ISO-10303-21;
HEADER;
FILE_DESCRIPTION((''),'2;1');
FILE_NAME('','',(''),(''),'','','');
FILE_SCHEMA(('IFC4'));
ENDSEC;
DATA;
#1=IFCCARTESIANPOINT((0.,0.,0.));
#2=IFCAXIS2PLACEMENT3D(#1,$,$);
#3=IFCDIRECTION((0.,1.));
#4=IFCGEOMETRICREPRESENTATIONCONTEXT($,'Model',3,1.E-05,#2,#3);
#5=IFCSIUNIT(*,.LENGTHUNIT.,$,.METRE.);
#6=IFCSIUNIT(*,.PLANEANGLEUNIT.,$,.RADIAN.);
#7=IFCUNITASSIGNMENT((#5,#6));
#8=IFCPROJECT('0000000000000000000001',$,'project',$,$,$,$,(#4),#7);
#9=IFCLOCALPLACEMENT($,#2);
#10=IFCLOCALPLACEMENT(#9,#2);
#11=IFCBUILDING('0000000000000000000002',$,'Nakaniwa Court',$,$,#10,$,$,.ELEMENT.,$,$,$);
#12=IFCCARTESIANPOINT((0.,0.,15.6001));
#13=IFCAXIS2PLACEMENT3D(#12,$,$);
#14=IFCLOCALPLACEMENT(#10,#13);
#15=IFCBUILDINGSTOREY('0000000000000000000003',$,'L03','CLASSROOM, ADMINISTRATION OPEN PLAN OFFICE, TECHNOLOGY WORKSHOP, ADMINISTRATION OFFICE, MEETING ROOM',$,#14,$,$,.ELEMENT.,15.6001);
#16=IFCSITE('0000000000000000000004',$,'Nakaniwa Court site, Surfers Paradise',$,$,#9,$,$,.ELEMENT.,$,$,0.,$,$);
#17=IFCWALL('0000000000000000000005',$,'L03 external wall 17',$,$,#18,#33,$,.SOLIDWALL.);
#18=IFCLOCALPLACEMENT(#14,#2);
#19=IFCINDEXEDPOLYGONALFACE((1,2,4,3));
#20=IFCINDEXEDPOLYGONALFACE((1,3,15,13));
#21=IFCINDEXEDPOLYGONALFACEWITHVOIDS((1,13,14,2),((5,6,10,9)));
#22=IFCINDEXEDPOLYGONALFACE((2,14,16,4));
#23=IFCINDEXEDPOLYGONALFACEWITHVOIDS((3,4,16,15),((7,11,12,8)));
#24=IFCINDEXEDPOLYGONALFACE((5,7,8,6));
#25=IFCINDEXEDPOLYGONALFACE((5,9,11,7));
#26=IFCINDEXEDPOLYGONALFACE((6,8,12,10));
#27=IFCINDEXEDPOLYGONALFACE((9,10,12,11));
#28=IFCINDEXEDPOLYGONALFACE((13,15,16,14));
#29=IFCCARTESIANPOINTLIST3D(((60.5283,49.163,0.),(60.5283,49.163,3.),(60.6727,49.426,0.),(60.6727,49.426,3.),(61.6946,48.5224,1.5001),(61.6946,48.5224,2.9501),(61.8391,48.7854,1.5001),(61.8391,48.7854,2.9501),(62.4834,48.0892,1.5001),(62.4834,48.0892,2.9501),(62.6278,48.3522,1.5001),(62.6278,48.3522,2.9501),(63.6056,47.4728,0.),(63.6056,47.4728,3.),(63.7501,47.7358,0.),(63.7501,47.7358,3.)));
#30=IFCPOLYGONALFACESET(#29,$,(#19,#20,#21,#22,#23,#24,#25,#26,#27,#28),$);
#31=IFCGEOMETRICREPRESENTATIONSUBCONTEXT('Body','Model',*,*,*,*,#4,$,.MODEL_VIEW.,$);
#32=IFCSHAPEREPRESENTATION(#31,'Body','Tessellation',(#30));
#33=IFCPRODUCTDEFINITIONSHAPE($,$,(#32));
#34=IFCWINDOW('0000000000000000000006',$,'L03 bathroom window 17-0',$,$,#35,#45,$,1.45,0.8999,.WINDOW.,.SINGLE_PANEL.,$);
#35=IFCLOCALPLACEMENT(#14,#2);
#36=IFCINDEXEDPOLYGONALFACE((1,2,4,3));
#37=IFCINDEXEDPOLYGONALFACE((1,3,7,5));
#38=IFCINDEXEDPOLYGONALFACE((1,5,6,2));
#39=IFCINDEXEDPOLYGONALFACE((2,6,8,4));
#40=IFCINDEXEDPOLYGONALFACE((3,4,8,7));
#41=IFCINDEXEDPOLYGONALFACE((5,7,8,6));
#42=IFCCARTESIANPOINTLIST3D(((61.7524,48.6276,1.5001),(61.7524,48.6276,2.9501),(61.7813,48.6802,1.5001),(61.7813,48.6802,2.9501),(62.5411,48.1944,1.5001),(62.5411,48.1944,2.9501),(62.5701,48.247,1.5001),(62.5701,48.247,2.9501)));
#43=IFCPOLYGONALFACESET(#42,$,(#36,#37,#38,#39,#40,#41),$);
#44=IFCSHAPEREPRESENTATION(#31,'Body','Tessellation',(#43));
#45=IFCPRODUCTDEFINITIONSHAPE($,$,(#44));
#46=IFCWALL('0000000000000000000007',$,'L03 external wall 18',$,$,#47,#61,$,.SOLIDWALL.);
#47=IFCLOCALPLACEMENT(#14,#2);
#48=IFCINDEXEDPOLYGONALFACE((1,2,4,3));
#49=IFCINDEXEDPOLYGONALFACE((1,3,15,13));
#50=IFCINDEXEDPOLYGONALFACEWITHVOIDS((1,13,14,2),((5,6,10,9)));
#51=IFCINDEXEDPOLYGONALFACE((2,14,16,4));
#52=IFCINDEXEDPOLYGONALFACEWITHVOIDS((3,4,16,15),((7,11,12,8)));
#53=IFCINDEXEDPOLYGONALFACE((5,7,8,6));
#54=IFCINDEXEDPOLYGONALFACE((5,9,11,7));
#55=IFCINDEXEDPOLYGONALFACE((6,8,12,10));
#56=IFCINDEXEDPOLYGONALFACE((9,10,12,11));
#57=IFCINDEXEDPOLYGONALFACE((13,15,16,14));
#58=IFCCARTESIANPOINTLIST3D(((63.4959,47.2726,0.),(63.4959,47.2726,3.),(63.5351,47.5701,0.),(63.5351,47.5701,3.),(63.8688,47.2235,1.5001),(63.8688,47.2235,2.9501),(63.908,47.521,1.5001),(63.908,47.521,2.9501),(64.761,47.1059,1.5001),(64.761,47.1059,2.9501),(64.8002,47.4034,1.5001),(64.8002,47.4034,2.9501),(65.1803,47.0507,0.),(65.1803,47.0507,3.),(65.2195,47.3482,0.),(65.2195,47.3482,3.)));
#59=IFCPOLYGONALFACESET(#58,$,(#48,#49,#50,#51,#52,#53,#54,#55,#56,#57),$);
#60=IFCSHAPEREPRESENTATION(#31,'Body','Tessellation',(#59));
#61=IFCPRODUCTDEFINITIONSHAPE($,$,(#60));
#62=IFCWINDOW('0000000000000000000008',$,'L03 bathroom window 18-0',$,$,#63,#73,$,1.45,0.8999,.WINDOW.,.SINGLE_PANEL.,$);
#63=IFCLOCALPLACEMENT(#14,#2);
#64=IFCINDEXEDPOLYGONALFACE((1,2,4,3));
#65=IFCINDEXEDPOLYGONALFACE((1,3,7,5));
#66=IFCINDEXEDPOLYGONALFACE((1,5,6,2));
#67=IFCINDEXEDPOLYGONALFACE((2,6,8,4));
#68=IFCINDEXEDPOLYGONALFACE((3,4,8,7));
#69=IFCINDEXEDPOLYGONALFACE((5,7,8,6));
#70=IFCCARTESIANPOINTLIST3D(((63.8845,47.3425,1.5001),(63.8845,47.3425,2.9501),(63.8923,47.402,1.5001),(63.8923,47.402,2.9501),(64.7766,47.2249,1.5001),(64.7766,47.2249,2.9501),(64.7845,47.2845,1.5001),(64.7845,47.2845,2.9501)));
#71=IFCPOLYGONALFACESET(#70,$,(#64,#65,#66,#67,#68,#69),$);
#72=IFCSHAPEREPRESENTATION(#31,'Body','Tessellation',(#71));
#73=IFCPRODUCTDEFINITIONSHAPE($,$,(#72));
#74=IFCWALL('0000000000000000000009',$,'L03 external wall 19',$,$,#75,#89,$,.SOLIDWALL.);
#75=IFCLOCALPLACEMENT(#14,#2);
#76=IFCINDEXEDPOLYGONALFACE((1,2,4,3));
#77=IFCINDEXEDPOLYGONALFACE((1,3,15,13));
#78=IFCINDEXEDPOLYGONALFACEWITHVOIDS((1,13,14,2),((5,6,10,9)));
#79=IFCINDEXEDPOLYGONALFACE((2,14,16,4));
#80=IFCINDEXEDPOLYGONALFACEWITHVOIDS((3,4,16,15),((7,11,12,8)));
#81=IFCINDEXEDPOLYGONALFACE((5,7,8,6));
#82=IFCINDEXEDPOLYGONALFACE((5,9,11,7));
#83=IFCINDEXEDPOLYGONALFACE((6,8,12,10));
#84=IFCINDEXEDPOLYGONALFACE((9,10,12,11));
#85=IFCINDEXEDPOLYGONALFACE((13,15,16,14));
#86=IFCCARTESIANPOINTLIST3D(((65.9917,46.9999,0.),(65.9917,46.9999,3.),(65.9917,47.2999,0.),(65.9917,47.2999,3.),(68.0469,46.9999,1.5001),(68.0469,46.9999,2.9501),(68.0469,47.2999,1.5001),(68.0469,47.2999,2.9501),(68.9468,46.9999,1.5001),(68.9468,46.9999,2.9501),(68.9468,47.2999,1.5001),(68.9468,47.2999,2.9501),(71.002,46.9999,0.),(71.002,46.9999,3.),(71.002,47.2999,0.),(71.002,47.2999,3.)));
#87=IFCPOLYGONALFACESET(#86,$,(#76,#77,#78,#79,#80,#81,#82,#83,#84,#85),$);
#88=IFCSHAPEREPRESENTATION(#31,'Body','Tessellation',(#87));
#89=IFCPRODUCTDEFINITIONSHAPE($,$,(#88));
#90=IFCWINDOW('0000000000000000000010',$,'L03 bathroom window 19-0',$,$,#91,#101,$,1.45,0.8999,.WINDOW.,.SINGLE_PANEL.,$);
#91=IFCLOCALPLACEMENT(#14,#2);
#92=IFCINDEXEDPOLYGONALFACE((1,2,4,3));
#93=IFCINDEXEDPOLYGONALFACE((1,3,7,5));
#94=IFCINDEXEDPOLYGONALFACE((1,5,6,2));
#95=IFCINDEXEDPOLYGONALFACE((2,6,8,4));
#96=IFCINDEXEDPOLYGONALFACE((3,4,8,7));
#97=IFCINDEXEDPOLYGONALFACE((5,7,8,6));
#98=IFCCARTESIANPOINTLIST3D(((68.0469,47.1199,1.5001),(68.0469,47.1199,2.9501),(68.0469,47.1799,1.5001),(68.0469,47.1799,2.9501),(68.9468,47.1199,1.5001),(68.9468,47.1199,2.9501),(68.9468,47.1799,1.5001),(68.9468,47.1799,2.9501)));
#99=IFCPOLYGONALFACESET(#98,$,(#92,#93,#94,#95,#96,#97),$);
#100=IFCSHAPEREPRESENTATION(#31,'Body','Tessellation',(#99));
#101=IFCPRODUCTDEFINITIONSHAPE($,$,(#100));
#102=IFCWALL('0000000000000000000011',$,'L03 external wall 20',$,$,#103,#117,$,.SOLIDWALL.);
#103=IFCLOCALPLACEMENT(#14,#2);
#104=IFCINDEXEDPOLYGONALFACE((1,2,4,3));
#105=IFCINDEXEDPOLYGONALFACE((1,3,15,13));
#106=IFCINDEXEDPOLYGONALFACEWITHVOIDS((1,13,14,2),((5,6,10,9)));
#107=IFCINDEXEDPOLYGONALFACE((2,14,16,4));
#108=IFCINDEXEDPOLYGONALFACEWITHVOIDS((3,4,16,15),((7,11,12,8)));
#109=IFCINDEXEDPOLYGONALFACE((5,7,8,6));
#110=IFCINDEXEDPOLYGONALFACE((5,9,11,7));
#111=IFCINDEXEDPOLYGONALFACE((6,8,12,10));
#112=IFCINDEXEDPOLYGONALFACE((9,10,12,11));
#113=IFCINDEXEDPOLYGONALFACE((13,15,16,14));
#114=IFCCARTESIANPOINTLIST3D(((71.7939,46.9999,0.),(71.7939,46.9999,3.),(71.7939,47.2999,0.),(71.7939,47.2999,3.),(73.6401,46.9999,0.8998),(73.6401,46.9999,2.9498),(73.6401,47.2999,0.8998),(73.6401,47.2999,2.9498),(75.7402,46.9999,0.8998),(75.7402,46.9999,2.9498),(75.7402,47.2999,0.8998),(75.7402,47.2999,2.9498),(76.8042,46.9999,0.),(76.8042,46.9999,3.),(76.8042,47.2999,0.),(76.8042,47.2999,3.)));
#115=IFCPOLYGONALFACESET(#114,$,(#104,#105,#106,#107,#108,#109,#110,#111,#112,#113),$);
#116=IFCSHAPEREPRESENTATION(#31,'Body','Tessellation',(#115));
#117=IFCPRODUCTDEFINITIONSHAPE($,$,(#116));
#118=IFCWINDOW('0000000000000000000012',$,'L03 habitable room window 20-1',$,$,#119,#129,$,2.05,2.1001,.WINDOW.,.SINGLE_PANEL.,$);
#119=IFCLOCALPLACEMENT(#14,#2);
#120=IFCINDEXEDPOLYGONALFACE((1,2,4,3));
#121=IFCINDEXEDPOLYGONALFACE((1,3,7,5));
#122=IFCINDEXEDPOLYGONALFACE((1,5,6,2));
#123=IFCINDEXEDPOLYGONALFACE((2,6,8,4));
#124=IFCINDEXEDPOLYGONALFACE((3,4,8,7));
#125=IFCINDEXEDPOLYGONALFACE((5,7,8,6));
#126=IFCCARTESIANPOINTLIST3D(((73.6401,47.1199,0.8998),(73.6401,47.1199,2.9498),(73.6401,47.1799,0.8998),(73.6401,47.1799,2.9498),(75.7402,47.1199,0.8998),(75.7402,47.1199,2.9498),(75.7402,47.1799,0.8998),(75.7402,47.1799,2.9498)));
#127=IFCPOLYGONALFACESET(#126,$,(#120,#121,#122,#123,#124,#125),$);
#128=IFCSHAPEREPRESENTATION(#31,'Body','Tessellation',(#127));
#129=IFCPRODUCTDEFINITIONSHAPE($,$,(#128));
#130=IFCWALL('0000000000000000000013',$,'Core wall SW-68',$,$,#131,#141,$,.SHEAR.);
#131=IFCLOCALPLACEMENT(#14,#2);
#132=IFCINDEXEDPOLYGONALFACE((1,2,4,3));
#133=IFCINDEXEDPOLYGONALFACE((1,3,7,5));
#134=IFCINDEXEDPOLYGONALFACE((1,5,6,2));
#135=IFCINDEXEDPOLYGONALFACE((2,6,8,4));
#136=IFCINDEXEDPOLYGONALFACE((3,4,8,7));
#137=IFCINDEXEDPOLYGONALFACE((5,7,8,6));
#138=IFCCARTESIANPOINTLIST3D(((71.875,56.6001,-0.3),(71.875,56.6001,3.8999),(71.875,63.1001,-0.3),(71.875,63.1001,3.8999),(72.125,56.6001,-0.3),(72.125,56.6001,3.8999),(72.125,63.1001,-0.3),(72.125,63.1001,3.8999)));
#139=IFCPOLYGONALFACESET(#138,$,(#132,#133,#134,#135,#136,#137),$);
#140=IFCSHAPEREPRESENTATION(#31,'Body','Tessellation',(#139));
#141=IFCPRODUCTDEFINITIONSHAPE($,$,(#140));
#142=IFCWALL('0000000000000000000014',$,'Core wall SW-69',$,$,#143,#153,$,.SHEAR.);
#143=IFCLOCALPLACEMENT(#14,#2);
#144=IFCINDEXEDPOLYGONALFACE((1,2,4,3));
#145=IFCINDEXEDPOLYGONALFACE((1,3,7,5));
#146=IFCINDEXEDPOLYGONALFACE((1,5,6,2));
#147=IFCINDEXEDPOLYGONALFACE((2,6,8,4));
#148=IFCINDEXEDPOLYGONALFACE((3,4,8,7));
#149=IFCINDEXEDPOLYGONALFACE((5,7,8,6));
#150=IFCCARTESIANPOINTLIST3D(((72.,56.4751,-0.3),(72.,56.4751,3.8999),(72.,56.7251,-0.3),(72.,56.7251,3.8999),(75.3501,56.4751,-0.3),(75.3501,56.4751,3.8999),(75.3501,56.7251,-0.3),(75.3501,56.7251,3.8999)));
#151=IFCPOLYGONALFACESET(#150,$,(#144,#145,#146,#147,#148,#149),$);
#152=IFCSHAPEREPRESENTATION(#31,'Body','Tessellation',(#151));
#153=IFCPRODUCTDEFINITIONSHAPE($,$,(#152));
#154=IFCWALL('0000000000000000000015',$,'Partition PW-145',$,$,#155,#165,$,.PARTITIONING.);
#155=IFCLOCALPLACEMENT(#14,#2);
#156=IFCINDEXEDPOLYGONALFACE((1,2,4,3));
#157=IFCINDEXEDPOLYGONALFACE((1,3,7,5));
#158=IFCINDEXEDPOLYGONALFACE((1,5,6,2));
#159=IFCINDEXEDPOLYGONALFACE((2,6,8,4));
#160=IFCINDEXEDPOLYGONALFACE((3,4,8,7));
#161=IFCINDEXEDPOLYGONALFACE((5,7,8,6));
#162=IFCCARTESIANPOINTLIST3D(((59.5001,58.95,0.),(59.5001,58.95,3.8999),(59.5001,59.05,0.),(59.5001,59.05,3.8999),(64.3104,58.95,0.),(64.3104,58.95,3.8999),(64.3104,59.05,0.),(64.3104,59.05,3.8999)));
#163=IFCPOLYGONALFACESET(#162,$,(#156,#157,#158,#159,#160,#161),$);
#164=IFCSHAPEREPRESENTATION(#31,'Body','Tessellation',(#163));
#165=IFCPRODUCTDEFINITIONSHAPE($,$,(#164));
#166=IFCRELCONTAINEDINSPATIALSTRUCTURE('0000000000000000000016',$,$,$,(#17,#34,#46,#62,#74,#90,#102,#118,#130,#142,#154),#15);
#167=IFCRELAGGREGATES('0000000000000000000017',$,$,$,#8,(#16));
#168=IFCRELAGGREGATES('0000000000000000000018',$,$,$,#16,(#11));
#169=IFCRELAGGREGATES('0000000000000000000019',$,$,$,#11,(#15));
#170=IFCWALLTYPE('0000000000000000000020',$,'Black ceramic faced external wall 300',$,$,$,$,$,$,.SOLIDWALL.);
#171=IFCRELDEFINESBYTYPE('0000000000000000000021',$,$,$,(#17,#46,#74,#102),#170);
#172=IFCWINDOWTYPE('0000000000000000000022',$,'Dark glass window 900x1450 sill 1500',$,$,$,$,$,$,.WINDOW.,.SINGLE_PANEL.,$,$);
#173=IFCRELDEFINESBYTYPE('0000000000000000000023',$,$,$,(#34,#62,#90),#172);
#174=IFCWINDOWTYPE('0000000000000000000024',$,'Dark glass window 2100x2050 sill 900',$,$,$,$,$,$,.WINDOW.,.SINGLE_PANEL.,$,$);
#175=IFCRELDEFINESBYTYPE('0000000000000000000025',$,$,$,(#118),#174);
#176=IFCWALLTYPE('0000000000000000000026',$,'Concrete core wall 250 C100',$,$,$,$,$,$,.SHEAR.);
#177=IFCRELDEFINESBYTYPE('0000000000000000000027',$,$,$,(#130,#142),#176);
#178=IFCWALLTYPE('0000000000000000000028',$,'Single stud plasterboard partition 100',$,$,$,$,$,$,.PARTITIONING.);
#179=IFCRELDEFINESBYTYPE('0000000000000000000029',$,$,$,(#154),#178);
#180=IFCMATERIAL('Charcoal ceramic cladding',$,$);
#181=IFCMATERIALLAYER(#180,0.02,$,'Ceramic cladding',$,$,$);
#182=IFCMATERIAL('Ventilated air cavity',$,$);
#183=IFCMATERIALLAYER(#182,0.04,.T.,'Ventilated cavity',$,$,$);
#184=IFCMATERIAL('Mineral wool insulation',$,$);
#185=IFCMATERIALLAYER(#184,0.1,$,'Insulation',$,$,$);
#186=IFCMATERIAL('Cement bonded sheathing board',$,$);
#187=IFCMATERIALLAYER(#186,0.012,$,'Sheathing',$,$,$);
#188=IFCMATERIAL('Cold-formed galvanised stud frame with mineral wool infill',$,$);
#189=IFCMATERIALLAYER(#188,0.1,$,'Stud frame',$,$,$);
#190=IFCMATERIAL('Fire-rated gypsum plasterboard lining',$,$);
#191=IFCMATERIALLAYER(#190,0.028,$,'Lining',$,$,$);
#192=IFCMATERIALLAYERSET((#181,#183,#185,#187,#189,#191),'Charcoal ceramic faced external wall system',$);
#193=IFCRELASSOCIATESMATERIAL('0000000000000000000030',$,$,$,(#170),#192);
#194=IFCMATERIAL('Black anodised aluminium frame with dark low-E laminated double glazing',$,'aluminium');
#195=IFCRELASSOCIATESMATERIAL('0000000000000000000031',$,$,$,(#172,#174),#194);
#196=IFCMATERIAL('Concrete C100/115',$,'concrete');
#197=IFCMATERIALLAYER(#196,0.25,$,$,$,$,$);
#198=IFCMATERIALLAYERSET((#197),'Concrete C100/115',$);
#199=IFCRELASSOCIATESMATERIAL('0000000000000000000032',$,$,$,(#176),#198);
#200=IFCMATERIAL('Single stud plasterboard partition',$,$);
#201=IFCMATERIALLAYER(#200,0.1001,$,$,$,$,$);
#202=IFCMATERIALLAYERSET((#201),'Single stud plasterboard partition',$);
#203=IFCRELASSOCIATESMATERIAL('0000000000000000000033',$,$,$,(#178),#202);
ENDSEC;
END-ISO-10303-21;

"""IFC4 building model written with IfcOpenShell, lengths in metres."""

from ifc_helpers import new_model, si_unit, direction, frame, frame_2d, origin, place, context, subcontext, project, spatial, rectangle, extrude, material, layer, layer_set, type_object, element, fill, save


model = new_model("IFC4")

# Units and contexts
model_context = context("Model", 3, precision=1e-05, world=origin(), true_north=direction((0.0, 1.0)))
body_context = subcontext(model_context, "Body", "Model", "MODEL_VIEW")
ifc_project = project(units=[si_unit("LENGTHUNIT", "METRE"), si_unit("PLANEANGLEUNIT", "RADIAN")], contexts=[model_context])

# Site, building, storey
site_placement = place(None, origin())
site = spatial("IfcSite", under=ifc_project, at=site_placement, Name="Nakaniwa Court site, Surfers Paradise", CompositionType="ELEMENT", RefElevation=0.0)
building_placement = place(site_placement, origin())
building = spatial("IfcBuilding", under=site, at=building_placement, Name="Nakaniwa Court", CompositionType="ELEMENT")
storey_placement = place(building_placement, frame((0.0, 0.0, 15.6001)))
storey = spatial("IfcBuildingStorey", under=building, at=storey_placement, Name="L03", Description="CLASSROOM, ADMINISTRATION OPEN PLAN OFFICE, TECHNOLOGY WORKSHOP, ADMINISTRATION OFFICE, MEETING ROOM", CompositionType="ELEMENT", Elevation=15.6001)

# Shared definitions
ifc_material_1 = material(Name="Concrete C100/115", Category="concrete")

# Walls, openings, windows
ifc_material_2 = material(Name="Charcoal ceramic cladding")
ifc_layer_1 = layer(ifc_material_2, 0.02, Name="Ceramic cladding")
ifc_material_3 = material(Name="Ventilated air cavity")
ifc_layer_2 = layer(ifc_material_3, 0.04, ventilated=True, Name="Ventilated cavity")
ifc_material_4 = material(Name="Mineral wool insulation")
ifc_layer_3 = layer(ifc_material_4, 0.1, Name="Insulation")
ifc_material_5 = material(Name="Cement bonded sheathing board")
ifc_layer_4 = layer(ifc_material_5, 0.012, Name="Sheathing")
ifc_material_6 = material(Name="Cold-formed galvanised stud frame with mineral wool infill")
ifc_layer_5 = layer(ifc_material_6, 0.1, Name="Stud frame")
ifc_material_7 = material(Name="Fire-rated gypsum plasterboard lining")
ifc_layer_6 = layer(ifc_material_7, 0.028, Name="Lining")
ifc_layer_set_1 = layer_set([ifc_layer_1, ifc_layer_2, ifc_layer_3, ifc_layer_4, ifc_layer_5, ifc_layer_6], Name="Charcoal ceramic faced external wall system")
wall_type_1 = type_object("IfcWallType", Name="Black ceramic faced external wall 300", PredefinedType="SOLIDWALL", material=ifc_layer_set_1)
wall_1_placement = place(storey_placement, frame((60.6006, 49.2944, 0.0), z_axis=(0.0, 0.0, 1.0), x_axis=(0.876502, -0.481398, 0.0)))
wall_1 = element("IfcWall", 1, at=wall_1_placement, inside=storey, type_object=wall_type_1, Name="L03 external wall 17", PredefinedType="SOLIDWALL", context=body_context, shape_type="SweptSolid", body=[
    extrude(rectangle(XDim=3.511, YDim=0.3, at=frame_2d((1.7554, 0.0))), origin(), (0.0, 0.0, 1.0), 3.0),
])
opening_1_placement = place(wall_1_placement, frame((1.3306, 0.0, 1.5)))
opening_1 = element("IfcOpeningElement", 2, at=opening_1_placement, cuts=wall_1, PredefinedType="OPENING", context=body_context, shape_type="SweptSolid", body=[
    extrude(rectangle(XDim=0.8999, YDim=1.45, at=frame_2d((0.45, 0.7251))), frame((0.0, 0.1599, 0.0), z_axis=(0.0, -1.0, 0.0), x_axis=(1.0, 0.0, 0.0)), (0.0, 0.0, 1.0), 0.3201),
])
ifc_material_8 = material(Name="Black anodised aluminium frame with dark low-E laminated double glazing", Category="aluminium")
window_type_1 = type_object("IfcWindowType", Name="Dark glass window 900x1450 sill 1500", PartitioningType="SINGLE_PANEL", PredefinedType="WINDOW", material=ifc_material_8)
window_1_placement = place(opening_1_placement, origin())
window_1 = element("IfcWindow", 3, at=window_1_placement, inside=storey, type_object=window_type_1, Name="L03 bathroom window 17-0", OverallHeight=1.45, OverallWidth=0.8999, PartitioningType="SINGLE_PANEL", PredefinedType="WINDOW", context=body_context, shape_type="SweptSolid", body=[
    extrude(rectangle(XDim=0.8999, YDim=1.45, at=frame_2d((0.45, 0.7251))), frame((0.0, 0.03, 0.0), z_axis=(0.0, -1.0, 0.0), x_axis=(1.0, 0.0, 0.0)), (0.0, 0.0, 1.0), 0.0601),
])
fill(opening_1, window_1)
wall_2_placement = place(storey_placement, frame((63.5154, 47.4214, 0.0), z_axis=(0.0, 0.0, 1.0), x_axis=(0.991431, -0.130629, 0.0)))
wall_2 = element("IfcWall", 4, at=wall_2_placement, inside=storey, type_object=wall_type_1, Name="L03 external wall 18", PredefinedType="SOLIDWALL", context=body_context, shape_type="SweptSolid", body=[
    extrude(rectangle(XDim=1.699, YDim=0.3, at=frame_2d((0.8496, 0.0))), origin(), (0.0, 0.0, 1.0), 3.0),
])
opening_2_placement = place(wall_2_placement, frame((0.3762, 0.0, 1.5)))
opening_2 = element("IfcOpeningElement", 5, at=opening_2_placement, cuts=wall_2, PredefinedType="OPENING", context=body_context, shape_type="SweptSolid", body=[
    extrude(rectangle(XDim=0.8999, YDim=1.45, at=frame_2d((0.45, 0.7251))), frame((0.0, 0.1599, 0.0), z_axis=(0.0, -1.0, 0.0), x_axis=(1.0, 0.0, 0.0)), (0.0, 0.0, 1.0), 0.3201),
])
window_2_placement = place(opening_2_placement, origin())
window_2 = element("IfcWindow", 6, at=window_2_placement, inside=storey, type_object=window_type_1, Name="L03 bathroom window 18-0", OverallHeight=1.45, OverallWidth=0.8999, PartitioningType="SINGLE_PANEL", PredefinedType="WINDOW", context=body_context, shape_type="SweptSolid", body=[
    extrude(rectangle(XDim=0.8999, YDim=1.45, at=frame_2d((0.45, 0.7251))), frame((0.0, 0.03, 0.0), z_axis=(0.0, -1.0, 0.0), x_axis=(1.0, 0.0, 0.0)), (0.0, 0.0, 1.0), 0.0601),
])
fill(opening_2, window_2)
wall_3_placement = place(storey_placement, frame((65.9917, 47.1499, 0.0), z_axis=(0.0, 0.0, 1.0), x_axis=(1.0, 0.0, 0.0)))
wall_3 = element("IfcWall", 7, at=wall_3_placement, inside=storey, type_object=wall_type_1, Name="L03 external wall 19", PredefinedType="SOLIDWALL", context=body_context, shape_type="SweptSolid", body=[
    extrude(rectangle(XDim=5.0103, YDim=0.3, at=frame_2d((2.5051, 0.0))), origin(), (0.0, 0.0, 1.0), 3.0),
])
opening_3_placement = place(wall_3_placement, frame((2.0552, 0.0, 1.5)))
opening_3 = element("IfcOpeningElement", 8, at=opening_3_placement, cuts=wall_3, PredefinedType="OPENING", context=body_context, shape_type="SweptSolid", body=[
    extrude(rectangle(XDim=0.8999, YDim=1.45, at=frame_2d((0.45, 0.7251))), frame((0.0, 0.1599, 0.0), z_axis=(0.0, -1.0, 0.0), x_axis=(1.0, 0.0, 0.0)), (0.0, 0.0, 1.0), 0.3201),
])
window_3_placement = place(opening_3_placement, origin())
window_3 = element("IfcWindow", 9, at=window_3_placement, inside=storey, type_object=window_type_1, Name="L03 bathroom window 19-0", OverallHeight=1.45, OverallWidth=0.8999, PartitioningType="SINGLE_PANEL", PredefinedType="WINDOW", context=body_context, shape_type="SweptSolid", body=[
    extrude(rectangle(XDim=0.8999, YDim=1.45, at=frame_2d((0.45, 0.7251))), frame((0.0, 0.03, 0.0), z_axis=(0.0, -1.0, 0.0), x_axis=(1.0, 0.0, 0.0)), (0.0, 0.0, 1.0), 0.0601),
])
fill(opening_3, window_3)
wall_4_placement = place(storey_placement, frame((71.7939, 47.1499, 0.0), z_axis=(0.0, 0.0, 1.0), x_axis=(1.0, 0.0, 0.0)))
wall_4 = element("IfcWall", 10, at=wall_4_placement, inside=storey, type_object=wall_type_1, Name="L03 external wall 20", PredefinedType="SOLIDWALL", context=body_context, shape_type="SweptSolid", body=[
    extrude(rectangle(XDim=5.0103, YDim=0.3, at=frame_2d((2.5051, 0.0))), origin(), (0.0, 0.0, 1.0), 3.0),
])
opening_4_placement = place(wall_4_placement, frame((1.8462, 0.0, 0.8999)))
opening_4 = element("IfcOpeningElement", 11, at=opening_4_placement, cuts=wall_4, PredefinedType="OPENING", context=body_context, shape_type="SweptSolid", body=[
    extrude(rectangle(XDim=2.1001, YDim=2.05, at=frame_2d((1.05, 1.0249))), frame((0.0, 0.1599, 0.0), z_axis=(0.0, -1.0, 0.0), x_axis=(1.0, 0.0, 0.0)), (0.0, 0.0, 1.0), 0.3201),
])
window_type_2 = type_object("IfcWindowType", Name="Dark glass window 2100x2050 sill 900", PartitioningType="SINGLE_PANEL", PredefinedType="WINDOW", material=ifc_material_8)
window_4_placement = place(opening_4_placement, origin())
window_4 = element("IfcWindow", 12, at=window_4_placement, inside=storey, type_object=window_type_2, Name="L03 habitable room window 20-1", OverallHeight=2.05, OverallWidth=2.1001, PartitioningType="SINGLE_PANEL", PredefinedType="WINDOW", context=body_context, shape_type="SweptSolid", body=[
    extrude(rectangle(XDim=2.1001, YDim=2.05, at=frame_2d((1.05, 1.0249))), frame((0.0, 0.03, 0.0), z_axis=(0.0, -1.0, 0.0), x_axis=(1.0, 0.0, 0.0)), (0.0, 0.0, 1.0), 0.0601),
])
fill(opening_4, window_4)

# Walls
ifc_layer_7 = layer(ifc_material_1, 0.25)
ifc_layer_set_2 = layer_set([ifc_layer_7], Name="Concrete C100/115")
wall_type_2 = type_object("IfcWallType", Name="Concrete core wall 250 C100", PredefinedType="SHEAR", material=ifc_layer_set_2)
wall_5_placement = place(storey_placement, frame((72.0, 56.6001, -0.3), z_axis=(0.0, 0.0, 1.0), x_axis=(0.0, 1.0, 0.0)))
element("IfcWall", 13, at=wall_5_placement, inside=storey, type_object=wall_type_2, Name="Core wall SW-68", PredefinedType="SHEAR", context=body_context, shape_type="SweptSolid", body=[
    extrude(rectangle(XDim=6.5, YDim=0.25, at=frame_2d((3.25, 0.0))), origin(), (0.0, 0.0, 1.0), 4.2),
])
wall_6_placement = place(storey_placement, frame((72.0, 56.6001, -0.3), z_axis=(0.0, 0.0, 1.0), x_axis=(1.0, 0.0, 0.0)))
element("IfcWall", 14, at=wall_6_placement, inside=storey, type_object=wall_type_2, Name="Core wall SW-69", PredefinedType="SHEAR", context=body_context, shape_type="SweptSolid", body=[
    extrude(rectangle(XDim=3.3501, YDim=0.25, at=frame_2d((1.675, 0.0))), origin(), (0.0, 0.0, 1.0), 4.2),
])
ifc_material_9 = material(Name="Single stud plasterboard partition")
ifc_layer_8 = layer(ifc_material_9, 0.1001)
ifc_layer_set_3 = layer_set([ifc_layer_8], Name="Single stud plasterboard partition")
wall_type_3 = type_object("IfcWallType", Name="Single stud plasterboard partition 100", PredefinedType="PARTITIONING", material=ifc_layer_set_3)
wall_7_placement = place(storey_placement, frame((59.5, 59.0, 0.0), z_axis=(0.0, 0.0, 1.0), x_axis=(1.0, 0.0, 0.0)))
element("IfcWall", 15, at=wall_7_placement, inside=storey, type_object=wall_type_3, Name="Partition PW-145", PredefinedType="PARTITIONING", context=body_context, shape_type="SweptSolid", body=[
    extrude(rectangle(XDim=4.8103, YDim=0.1001, at=frame_2d((2.4053, 0.0))), origin(), (0.0, 0.0, 1.0), 3.8999),
])

save(model, "model.ifc")
